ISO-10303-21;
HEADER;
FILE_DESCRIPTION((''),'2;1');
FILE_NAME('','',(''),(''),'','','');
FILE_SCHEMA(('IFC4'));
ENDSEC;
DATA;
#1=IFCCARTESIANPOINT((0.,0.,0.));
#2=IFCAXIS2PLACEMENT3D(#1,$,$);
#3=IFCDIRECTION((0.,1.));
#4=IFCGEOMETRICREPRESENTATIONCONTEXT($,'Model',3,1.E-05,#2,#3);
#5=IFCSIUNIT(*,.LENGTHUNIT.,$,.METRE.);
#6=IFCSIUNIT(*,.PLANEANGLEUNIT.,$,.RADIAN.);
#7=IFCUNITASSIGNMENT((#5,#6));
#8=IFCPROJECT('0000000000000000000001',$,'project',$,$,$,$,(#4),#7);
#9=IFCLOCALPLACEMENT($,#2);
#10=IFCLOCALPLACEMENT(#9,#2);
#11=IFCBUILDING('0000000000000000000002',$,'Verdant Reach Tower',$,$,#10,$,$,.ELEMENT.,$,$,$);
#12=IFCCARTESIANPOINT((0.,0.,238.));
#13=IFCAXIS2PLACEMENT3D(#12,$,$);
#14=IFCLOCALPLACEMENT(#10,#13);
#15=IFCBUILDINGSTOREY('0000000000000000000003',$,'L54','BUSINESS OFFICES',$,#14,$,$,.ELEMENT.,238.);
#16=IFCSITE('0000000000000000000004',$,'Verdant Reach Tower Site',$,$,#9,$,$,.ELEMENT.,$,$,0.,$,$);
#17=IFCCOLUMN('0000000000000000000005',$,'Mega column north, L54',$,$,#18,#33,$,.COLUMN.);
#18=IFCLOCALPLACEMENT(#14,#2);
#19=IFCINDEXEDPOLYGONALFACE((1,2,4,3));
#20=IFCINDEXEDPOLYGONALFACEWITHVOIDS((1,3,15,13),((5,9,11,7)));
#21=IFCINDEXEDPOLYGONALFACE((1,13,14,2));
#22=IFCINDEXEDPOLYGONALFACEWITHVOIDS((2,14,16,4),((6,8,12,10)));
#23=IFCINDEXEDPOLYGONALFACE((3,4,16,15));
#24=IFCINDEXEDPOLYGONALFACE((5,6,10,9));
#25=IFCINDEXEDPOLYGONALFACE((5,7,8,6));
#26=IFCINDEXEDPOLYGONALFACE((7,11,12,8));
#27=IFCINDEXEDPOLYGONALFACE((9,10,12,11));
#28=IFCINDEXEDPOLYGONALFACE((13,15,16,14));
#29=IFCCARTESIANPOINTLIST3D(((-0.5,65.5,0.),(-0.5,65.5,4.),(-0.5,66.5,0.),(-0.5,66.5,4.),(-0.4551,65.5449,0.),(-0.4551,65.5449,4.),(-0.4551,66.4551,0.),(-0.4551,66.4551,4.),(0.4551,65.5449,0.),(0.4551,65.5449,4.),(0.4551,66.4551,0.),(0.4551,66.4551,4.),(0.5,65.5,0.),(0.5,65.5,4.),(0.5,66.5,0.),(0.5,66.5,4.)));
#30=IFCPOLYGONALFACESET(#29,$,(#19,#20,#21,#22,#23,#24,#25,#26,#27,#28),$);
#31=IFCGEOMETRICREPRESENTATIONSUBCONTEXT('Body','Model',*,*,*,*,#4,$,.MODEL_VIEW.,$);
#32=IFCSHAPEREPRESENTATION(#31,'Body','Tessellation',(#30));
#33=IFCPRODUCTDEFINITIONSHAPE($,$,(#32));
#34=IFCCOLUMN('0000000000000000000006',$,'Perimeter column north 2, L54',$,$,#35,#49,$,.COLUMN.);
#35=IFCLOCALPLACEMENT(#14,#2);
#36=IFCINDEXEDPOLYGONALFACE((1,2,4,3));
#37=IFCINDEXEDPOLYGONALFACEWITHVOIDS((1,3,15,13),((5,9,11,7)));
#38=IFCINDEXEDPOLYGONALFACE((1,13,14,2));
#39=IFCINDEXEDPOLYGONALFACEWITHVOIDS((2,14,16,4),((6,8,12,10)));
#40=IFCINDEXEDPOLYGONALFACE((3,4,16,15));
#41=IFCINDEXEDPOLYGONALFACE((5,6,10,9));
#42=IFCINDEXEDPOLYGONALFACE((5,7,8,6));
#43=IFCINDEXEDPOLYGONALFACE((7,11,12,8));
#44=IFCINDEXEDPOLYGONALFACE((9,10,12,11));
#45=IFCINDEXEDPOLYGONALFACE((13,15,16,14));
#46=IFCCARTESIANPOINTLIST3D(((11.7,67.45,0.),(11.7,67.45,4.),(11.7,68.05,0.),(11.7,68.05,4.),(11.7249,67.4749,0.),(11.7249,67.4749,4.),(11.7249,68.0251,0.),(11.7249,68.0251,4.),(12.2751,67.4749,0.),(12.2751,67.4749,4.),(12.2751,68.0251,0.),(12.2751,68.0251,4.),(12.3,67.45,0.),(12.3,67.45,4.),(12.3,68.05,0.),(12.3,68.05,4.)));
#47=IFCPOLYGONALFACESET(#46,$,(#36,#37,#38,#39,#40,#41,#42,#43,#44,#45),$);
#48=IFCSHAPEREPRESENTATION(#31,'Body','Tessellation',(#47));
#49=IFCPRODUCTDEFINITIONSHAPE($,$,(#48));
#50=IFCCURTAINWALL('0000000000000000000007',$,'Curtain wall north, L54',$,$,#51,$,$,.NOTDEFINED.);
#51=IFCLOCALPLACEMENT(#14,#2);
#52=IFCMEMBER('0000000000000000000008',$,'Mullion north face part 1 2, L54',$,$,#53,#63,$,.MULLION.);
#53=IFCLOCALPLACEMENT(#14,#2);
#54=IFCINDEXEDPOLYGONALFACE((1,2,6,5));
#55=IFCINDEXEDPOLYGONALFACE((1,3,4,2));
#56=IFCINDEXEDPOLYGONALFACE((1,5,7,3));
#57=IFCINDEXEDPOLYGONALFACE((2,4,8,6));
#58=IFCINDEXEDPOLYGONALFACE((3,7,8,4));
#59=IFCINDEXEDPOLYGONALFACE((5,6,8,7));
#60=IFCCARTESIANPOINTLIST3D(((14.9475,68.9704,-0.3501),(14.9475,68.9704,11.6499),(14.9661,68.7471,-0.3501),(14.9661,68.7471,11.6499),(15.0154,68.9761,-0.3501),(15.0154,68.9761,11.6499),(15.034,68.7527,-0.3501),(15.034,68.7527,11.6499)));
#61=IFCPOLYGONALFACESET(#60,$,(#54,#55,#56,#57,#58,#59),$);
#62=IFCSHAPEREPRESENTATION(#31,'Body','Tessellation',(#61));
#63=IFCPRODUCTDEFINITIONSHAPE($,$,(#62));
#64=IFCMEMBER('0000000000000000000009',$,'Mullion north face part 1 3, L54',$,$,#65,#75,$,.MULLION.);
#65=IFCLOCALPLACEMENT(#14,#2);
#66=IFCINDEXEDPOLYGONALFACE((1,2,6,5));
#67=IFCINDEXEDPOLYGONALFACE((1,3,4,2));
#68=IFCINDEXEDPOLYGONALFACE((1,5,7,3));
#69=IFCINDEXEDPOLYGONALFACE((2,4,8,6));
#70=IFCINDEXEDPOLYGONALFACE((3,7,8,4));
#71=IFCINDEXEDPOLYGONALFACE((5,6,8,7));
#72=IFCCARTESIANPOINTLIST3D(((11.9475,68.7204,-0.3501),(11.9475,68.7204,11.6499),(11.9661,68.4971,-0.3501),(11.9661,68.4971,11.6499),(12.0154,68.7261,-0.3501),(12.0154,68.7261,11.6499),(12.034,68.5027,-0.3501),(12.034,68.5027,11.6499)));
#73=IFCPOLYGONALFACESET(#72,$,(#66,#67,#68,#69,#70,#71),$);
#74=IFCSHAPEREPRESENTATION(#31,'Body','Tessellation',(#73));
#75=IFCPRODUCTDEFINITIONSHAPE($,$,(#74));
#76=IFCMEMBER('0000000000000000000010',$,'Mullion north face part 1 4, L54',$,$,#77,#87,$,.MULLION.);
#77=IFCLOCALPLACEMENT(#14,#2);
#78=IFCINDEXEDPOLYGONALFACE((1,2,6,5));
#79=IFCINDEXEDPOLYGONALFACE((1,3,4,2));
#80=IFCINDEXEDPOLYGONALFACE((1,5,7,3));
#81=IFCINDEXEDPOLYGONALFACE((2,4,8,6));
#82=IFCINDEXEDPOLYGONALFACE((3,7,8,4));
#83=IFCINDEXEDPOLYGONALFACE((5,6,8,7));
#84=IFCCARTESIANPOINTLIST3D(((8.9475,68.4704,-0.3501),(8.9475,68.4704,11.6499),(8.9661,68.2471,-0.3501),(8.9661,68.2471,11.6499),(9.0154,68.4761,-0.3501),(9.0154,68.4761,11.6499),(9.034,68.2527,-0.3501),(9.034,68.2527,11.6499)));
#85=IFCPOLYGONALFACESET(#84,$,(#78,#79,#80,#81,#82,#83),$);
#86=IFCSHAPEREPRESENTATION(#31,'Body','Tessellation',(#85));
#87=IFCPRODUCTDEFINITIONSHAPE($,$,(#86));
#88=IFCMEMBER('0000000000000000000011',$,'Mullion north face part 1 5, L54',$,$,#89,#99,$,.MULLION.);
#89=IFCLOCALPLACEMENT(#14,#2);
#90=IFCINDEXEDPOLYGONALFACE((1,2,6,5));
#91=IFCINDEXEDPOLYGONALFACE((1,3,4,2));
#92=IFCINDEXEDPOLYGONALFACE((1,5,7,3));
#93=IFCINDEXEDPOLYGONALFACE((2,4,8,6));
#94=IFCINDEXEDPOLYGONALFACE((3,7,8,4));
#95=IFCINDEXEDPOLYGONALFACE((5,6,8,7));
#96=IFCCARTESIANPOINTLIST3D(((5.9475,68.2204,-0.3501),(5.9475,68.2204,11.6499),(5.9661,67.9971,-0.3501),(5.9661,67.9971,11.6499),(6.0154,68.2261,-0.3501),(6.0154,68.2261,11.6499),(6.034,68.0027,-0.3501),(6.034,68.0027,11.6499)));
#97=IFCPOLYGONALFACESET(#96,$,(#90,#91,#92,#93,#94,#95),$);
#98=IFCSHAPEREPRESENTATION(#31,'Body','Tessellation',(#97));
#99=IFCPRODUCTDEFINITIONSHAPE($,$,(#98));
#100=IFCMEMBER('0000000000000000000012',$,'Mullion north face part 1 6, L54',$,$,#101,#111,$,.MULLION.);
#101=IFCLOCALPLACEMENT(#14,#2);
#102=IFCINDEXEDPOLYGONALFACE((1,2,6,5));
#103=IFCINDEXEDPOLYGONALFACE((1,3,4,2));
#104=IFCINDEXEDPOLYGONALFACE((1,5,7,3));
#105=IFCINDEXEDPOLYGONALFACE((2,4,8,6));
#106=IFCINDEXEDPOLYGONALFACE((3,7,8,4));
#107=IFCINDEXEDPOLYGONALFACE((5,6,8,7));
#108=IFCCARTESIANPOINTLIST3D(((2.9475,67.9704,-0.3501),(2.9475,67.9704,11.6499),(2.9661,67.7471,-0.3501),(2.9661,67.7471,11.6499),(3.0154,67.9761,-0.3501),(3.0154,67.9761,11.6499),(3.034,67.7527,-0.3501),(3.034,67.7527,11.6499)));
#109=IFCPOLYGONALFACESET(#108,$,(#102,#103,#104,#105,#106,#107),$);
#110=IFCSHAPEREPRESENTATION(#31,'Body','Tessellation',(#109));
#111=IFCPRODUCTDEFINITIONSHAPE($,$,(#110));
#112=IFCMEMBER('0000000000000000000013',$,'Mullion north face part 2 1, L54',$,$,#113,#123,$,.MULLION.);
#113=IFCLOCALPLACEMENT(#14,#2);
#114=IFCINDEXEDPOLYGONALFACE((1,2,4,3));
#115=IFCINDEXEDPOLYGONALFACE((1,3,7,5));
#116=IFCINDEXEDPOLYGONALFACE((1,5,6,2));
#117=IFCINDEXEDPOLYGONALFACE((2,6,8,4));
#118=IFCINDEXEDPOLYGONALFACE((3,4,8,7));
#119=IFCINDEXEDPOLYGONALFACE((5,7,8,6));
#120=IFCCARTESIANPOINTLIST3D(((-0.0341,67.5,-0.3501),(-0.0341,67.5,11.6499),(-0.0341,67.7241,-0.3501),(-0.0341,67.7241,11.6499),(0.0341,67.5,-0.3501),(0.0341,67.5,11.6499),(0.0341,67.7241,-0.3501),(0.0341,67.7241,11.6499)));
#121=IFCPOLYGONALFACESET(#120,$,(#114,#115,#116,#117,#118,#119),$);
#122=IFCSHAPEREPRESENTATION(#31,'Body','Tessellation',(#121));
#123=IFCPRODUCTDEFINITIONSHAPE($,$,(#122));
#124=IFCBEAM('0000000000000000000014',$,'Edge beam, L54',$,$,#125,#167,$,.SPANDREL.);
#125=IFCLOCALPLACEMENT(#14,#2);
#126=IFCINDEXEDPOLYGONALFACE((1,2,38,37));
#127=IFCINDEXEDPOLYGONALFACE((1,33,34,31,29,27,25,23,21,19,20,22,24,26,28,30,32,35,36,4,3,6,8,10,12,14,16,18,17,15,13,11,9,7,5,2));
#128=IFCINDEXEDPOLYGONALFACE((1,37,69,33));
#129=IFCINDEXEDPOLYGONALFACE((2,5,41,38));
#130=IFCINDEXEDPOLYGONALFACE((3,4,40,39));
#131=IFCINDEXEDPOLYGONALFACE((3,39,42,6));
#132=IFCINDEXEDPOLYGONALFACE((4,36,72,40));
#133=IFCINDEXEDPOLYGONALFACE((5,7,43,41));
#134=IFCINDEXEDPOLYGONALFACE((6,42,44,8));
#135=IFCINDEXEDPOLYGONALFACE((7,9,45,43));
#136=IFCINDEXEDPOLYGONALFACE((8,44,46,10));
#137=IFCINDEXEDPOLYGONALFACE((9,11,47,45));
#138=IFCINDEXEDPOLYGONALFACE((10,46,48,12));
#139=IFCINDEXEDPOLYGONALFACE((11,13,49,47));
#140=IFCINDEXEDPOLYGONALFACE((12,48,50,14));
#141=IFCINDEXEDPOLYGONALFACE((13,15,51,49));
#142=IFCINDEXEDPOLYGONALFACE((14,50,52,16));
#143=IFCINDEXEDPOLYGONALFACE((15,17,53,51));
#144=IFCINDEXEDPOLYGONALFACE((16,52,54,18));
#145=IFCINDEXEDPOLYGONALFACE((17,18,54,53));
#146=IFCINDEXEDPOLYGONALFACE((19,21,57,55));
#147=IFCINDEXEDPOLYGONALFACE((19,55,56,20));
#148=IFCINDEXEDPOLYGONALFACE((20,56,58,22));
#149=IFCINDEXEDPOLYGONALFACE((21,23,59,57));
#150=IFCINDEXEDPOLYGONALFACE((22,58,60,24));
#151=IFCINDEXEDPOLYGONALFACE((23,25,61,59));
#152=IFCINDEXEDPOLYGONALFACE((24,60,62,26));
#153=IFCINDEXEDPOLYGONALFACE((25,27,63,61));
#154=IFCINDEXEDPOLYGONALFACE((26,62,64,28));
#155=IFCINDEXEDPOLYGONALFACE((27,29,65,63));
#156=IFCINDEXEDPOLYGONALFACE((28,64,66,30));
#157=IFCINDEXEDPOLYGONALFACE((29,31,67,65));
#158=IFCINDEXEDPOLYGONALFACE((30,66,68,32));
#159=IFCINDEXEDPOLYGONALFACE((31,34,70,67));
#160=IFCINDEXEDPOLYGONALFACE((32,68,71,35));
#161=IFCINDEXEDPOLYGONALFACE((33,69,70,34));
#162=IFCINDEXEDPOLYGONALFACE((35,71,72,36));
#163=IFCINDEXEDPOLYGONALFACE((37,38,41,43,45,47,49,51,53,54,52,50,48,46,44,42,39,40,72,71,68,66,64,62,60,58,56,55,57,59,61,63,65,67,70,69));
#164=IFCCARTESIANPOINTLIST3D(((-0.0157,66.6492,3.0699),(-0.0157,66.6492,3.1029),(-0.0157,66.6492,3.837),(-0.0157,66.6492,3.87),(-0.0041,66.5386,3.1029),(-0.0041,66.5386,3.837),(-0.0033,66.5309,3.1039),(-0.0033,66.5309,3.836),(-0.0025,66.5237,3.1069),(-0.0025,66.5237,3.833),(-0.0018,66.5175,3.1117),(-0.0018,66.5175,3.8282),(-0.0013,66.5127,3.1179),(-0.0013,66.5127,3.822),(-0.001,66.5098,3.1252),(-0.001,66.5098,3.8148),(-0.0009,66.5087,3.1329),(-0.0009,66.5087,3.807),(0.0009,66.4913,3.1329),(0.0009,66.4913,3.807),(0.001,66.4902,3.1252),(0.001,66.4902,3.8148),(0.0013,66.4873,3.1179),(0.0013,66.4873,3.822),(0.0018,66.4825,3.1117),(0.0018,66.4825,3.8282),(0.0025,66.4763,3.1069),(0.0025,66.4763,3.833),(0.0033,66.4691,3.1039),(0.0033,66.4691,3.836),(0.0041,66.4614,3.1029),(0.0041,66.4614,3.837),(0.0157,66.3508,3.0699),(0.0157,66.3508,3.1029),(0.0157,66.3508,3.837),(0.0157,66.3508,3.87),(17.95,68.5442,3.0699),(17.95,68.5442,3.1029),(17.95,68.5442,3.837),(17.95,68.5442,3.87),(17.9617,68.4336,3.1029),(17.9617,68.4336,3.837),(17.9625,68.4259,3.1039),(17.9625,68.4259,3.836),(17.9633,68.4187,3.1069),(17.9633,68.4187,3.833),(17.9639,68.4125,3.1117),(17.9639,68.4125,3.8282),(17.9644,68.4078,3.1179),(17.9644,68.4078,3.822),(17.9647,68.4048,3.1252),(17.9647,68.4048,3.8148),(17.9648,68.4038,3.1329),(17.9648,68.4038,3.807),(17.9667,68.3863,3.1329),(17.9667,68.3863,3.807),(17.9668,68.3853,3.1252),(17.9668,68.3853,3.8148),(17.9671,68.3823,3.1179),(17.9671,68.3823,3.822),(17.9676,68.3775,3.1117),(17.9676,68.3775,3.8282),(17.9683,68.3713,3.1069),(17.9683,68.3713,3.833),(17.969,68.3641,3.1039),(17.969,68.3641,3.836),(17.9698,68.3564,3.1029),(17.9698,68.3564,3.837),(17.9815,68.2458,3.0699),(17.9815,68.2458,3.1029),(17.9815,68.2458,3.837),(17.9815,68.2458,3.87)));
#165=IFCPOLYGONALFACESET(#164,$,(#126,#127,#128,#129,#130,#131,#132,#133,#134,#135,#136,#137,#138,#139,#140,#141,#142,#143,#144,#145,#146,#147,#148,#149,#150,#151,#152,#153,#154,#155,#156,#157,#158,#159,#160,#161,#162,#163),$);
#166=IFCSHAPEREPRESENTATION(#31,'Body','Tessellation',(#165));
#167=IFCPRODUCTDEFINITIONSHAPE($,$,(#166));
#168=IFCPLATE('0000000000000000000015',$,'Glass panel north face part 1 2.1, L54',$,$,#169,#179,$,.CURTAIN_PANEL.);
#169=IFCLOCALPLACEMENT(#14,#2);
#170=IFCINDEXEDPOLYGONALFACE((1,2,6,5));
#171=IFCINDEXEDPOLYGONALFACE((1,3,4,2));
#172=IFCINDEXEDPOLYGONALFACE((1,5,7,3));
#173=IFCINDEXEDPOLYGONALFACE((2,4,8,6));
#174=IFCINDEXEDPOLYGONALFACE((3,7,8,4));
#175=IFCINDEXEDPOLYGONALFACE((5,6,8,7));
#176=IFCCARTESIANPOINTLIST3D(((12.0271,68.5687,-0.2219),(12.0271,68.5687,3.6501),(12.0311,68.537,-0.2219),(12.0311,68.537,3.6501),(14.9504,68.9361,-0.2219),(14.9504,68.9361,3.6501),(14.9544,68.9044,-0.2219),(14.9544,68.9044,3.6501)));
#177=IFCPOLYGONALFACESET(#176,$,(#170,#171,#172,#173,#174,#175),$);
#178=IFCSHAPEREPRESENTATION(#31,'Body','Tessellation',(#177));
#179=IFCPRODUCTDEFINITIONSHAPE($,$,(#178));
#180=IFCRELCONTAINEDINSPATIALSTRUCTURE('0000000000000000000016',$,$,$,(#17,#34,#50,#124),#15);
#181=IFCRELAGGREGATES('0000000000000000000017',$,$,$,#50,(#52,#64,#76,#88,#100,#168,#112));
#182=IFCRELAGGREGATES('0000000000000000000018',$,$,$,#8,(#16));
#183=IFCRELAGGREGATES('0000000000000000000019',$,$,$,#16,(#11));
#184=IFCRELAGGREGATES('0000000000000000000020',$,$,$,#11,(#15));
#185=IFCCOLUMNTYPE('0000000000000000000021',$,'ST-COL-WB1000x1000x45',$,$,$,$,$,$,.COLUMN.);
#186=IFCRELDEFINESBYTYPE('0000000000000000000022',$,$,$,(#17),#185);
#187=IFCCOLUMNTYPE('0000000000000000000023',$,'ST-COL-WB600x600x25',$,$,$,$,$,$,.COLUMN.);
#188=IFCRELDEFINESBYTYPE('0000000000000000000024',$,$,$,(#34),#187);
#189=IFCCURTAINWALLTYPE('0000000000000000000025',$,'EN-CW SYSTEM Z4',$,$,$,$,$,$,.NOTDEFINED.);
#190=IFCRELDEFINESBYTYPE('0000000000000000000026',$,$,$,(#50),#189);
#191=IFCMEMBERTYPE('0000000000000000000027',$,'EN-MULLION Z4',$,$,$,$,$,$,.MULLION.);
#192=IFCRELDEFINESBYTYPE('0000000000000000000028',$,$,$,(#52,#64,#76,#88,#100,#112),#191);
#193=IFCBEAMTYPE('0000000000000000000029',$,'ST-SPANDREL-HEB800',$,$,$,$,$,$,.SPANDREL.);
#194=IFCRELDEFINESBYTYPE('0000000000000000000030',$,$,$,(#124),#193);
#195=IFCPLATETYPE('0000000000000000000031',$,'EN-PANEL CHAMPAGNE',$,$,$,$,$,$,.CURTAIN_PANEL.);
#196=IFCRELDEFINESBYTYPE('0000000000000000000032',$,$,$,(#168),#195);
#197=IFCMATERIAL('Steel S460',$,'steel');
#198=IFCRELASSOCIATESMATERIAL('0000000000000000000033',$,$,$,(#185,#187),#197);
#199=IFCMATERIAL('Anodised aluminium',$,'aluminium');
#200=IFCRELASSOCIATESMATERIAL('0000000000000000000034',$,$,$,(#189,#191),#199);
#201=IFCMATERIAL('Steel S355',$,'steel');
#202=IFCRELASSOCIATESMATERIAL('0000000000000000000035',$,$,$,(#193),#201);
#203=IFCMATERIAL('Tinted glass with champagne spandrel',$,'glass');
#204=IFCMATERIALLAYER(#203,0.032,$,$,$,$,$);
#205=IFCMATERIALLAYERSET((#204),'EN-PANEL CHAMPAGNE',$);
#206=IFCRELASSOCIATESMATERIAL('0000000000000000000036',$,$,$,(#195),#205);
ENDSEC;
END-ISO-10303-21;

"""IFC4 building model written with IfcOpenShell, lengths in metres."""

from ifc_helpers import new_model, si_unit, direction, frame, origin, origin_2d, place, context, subcontext, project, spatial, rectangle, hollow_rectangle, i_section, extrude, material, layer, layer_set, material_profile, profile_set, type_object, element, aggregate, save


model = new_model("IFC4")

# Units and contexts
model_context = context("Model", 3, precision=1e-05, world=origin(), true_north=direction((0.0, 1.0)))
body_context = subcontext(model_context, "Body", "Model", "MODEL_VIEW")
ifc_project = project(units=[si_unit("LENGTHUNIT", "METRE"), si_unit("PLANEANGLEUNIT", "RADIAN")], contexts=[model_context])

# Site, building, storey
site_placement = place(None, origin())
site = spatial("IfcSite", under=ifc_project, at=site_placement, Name="Verdant Reach Tower Site", CompositionType="ELEMENT", RefElevation=0.0)
building_placement = place(site_placement, origin())
building = spatial("IfcBuilding", under=site, at=building_placement, Name="Verdant Reach Tower", CompositionType="ELEMENT")
storey_placement = place(building_placement, frame((0.0, 0.0, 238.0)))
storey = spatial("IfcBuildingStorey", under=building, at=storey_placement, Name="L54", Description="BUSINESS OFFICES", CompositionType="ELEMENT", Elevation=238.0)

# Columns
ifc_material_1 = material(Name="Steel S460", Category="steel")
ifc_material_profile_1 = material_profile(ifc_material_1, hollow_rectangle(XDim=1.0, YDim=1.0, WallThickness=0.0449, at=origin_2d()), Name="WB 1000x1000x45")
ifc_profile_set_1 = profile_set([ifc_material_profile_1], Name="Steel S460")
column_type_1 = type_object("IfcColumnType", Name="ST-COL-WB1000x1000x45", PredefinedType="COLUMN", material=ifc_profile_set_1)
column_1_placement = place(storey_placement, frame((0.0, 66.0, 0.0), z_axis=(0.0, 0.0, 1.0), x_axis=(1.0, 0.0, 0.0)))
element("IfcColumn", 1, at=column_1_placement, inside=storey, type_object=column_type_1, Name="Mega column north, L54", PredefinedType="COLUMN", context=body_context, shape_type="SweptSolid", body=[
    extrude(hollow_rectangle(XDim=1.0, YDim=1.0, WallThickness=0.0449, at=origin_2d()), origin(), (0.0, 0.0, 1.0), 4.0),
])
ifc_material_profile_2 = material_profile(ifc_material_1, hollow_rectangle(XDim=0.6001, YDim=0.6001, WallThickness=0.0249, at=origin_2d()), Name="WB 600x600x25")
ifc_profile_set_2 = profile_set([ifc_material_profile_2], Name="Steel S460")
column_type_2 = type_object("IfcColumnType", Name="ST-COL-WB600x600x25", PredefinedType="COLUMN", material=ifc_profile_set_2)
column_2_placement = place(storey_placement, frame((12.0, 67.75, 0.0), z_axis=(0.0, 0.0, 1.0), x_axis=(1.0, 0.0, 0.0)))
element("IfcColumn", 2, at=column_2_placement, inside=storey, type_object=column_type_2, Name="Perimeter column north 2, L54", PredefinedType="COLUMN", context=body_context, shape_type="SweptSolid", body=[
    extrude(hollow_rectangle(XDim=0.6001, YDim=0.6001, WallThickness=0.0249, at=origin_2d()), origin(), (0.0, 0.0, 1.0), 4.0),
])

# Curtain wall, members
ifc_material_2 = material(Name="Anodised aluminium", Category="aluminium")
curtain_wall_type = type_object("IfcCurtainWallType", Name="EN-CW SYSTEM Z4", PredefinedType="NOTDEFINED", material=ifc_material_2)
curtain_wall_placement = place(storey_placement, origin())
curtain_wall = element("IfcCurtainWall", 3, at=curtain_wall_placement, inside=storey, type_object=curtain_wall_type, Name="Curtain wall north, L54", PredefinedType="NOTDEFINED")
ifc_material_profile_3 = material_profile(ifc_material_2, rectangle(XDim=0.2241, YDim=0.0681, at=origin_2d()), Name="Mullion 68x224")
ifc_profile_set_3 = profile_set([ifc_material_profile_3], Name="Anodised aluminium")
member_type = type_object("IfcMemberType", Name="EN-MULLION Z4", PredefinedType="MULLION", material=ifc_profile_set_3)
member_1_placement = place(storey_placement, frame((14.9907, 68.8616, -0.3501), z_axis=(0.0, 0.0, 1.0), x_axis=(-0.083045, 0.996546, 0.0)))
member_1 = element("IfcMember", 4, at=member_1_placement, type_object=member_type, Name="Mullion north face part 1 2, L54", PredefinedType="MULLION", context=body_context, shape_type="SweptSolid", body=[
    extrude(rectangle(XDim=0.2241, YDim=0.0681, at=origin_2d()), origin(), (0.0, 0.0, 1.0), 12.0),
])
member_2_placement = place(storey_placement, frame((11.9907, 68.6116, -0.3501), z_axis=(0.0, 0.0, 1.0), x_axis=(-0.083045, 0.996546, 0.0)))
member_2 = element("IfcMember", 5, at=member_2_placement, type_object=member_type, Name="Mullion north face part 1 3, L54", PredefinedType="MULLION", context=body_context, shape_type="SweptSolid", body=[
    extrude(rectangle(XDim=0.2241, YDim=0.0681, at=origin_2d()), origin(), (0.0, 0.0, 1.0), 12.0),
])
member_3_placement = place(storey_placement, frame((8.9907, 68.3616, -0.3501), z_axis=(0.0, 0.0, 1.0), x_axis=(-0.083045, 0.996546, 0.0)))
member_3 = element("IfcMember", 6, at=member_3_placement, type_object=member_type, Name="Mullion north face part 1 4, L54", PredefinedType="MULLION", context=body_context, shape_type="SweptSolid", body=[
    extrude(rectangle(XDim=0.2241, YDim=0.0681, at=origin_2d()), origin(), (0.0, 0.0, 1.0), 12.0),
])
member_4_placement = place(storey_placement, frame((5.9907, 68.1116, -0.3501), z_axis=(0.0, 0.0, 1.0), x_axis=(-0.083045, 0.996546, 0.0)))
member_4 = element("IfcMember", 7, at=member_4_placement, type_object=member_type, Name="Mullion north face part 1 5, L54", PredefinedType="MULLION", context=body_context, shape_type="SweptSolid", body=[
    extrude(rectangle(XDim=0.2241, YDim=0.0681, at=origin_2d()), origin(), (0.0, 0.0, 1.0), 12.0),
])
member_5_placement = place(storey_placement, frame((2.9907, 67.8616, -0.3501), z_axis=(0.0, 0.0, 1.0), x_axis=(-0.083045, 0.996546, 0.0)))
member_5 = element("IfcMember", 8, at=member_5_placement, type_object=member_type, Name="Mullion north face part 1 6, L54", PredefinedType="MULLION", context=body_context, shape_type="SweptSolid", body=[
    extrude(rectangle(XDim=0.2241, YDim=0.0681, at=origin_2d()), origin(), (0.0, 0.0, 1.0), 12.0),
])
member_6_placement = place(storey_placement, frame((0.0, 67.6121, -0.3501), z_axis=(0.0, 0.0, 1.0), x_axis=(0.0, 1.0, 0.0)))
member_6 = element("IfcMember", 9, at=member_6_placement, type_object=member_type, Name="Mullion north face part 2 1, L54", PredefinedType="MULLION", context=body_context, shape_type="SweptSolid", body=[
    extrude(rectangle(XDim=0.2241, YDim=0.0681, at=origin_2d()), origin(), (0.0, 0.0, 1.0), 12.0),
])

# Beam
ifc_material_3 = material(Name="Steel S355", Category="steel")
ifc_material_profile_4 = material_profile(ifc_material_3, i_section(OverallWidth=0.3, OverallDepth=0.8, WebThickness=0.0176, FlangeThickness=0.033, FilletRadius=0.03, at=origin_2d()), Name="HEB 800")
ifc_profile_set_4 = profile_set([ifc_material_profile_4], Name="Steel S355")
beam_type = type_object("IfcBeamType", Name="ST-SPANDREL-HEB800", PredefinedType="SPANDREL", material=ifc_profile_set_4)
beam_placement = place(storey_placement, frame((0.0, 66.5, 3.47), z_axis=(0.994483, 0.104897, 0.0), x_axis=(-0.104897, 0.994483, 0.0)))
element("IfcBeam", 10, at=beam_placement, inside=storey, type_object=beam_type, Name="Edge beam, L54", PredefinedType="SPANDREL", context=body_context, shape_type="SweptSolid", body=[
    extrude(i_section(OverallWidth=0.3, OverallDepth=0.8, WebThickness=0.0176, FlangeThickness=0.033, FilletRadius=0.03, at=origin_2d()), origin(), (0.0, 0.0, 1.0), 18.0654),
])

# Plate
ifc_material_4 = material(Name="Tinted glass with champagne spandrel", Category="glass")
ifc_layer_1 = layer(ifc_material_4, 0.032)
ifc_layer_set_1 = layer_set([ifc_layer_1], Name="EN-PANEL CHAMPAGNE")
plate_type_1 = type_object("IfcPlateType", Name="EN-PANEL CHAMPAGNE", PredefinedType="CURTAIN_PANEL", material=ifc_layer_set_1)
plate_1_placement = place(storey_placement, frame((13.4907, 68.7366, -0.2219), z_axis=(0.0, 0.0, 1.0), x_axis=(-0.992194, -0.124704, 0.0)))
plate_1 = element("IfcPlate", 11, at=plate_1_placement, type_object=plate_type_1, Name="Glass panel north face part 1 2.1, L54", PredefinedType="CURTAIN_PANEL", context=body_context, shape_type="SweptSolid", body=[
    extrude(rectangle(XDim=2.9463, YDim=0.032, at=origin_2d()), origin(), (0.0, 0.0, 1.0), 3.8721),
])
aggregate(curtain_wall, [member_1, member_2, member_3, member_4, member_5, plate_1, member_6])

save(model, "model.ifc")
